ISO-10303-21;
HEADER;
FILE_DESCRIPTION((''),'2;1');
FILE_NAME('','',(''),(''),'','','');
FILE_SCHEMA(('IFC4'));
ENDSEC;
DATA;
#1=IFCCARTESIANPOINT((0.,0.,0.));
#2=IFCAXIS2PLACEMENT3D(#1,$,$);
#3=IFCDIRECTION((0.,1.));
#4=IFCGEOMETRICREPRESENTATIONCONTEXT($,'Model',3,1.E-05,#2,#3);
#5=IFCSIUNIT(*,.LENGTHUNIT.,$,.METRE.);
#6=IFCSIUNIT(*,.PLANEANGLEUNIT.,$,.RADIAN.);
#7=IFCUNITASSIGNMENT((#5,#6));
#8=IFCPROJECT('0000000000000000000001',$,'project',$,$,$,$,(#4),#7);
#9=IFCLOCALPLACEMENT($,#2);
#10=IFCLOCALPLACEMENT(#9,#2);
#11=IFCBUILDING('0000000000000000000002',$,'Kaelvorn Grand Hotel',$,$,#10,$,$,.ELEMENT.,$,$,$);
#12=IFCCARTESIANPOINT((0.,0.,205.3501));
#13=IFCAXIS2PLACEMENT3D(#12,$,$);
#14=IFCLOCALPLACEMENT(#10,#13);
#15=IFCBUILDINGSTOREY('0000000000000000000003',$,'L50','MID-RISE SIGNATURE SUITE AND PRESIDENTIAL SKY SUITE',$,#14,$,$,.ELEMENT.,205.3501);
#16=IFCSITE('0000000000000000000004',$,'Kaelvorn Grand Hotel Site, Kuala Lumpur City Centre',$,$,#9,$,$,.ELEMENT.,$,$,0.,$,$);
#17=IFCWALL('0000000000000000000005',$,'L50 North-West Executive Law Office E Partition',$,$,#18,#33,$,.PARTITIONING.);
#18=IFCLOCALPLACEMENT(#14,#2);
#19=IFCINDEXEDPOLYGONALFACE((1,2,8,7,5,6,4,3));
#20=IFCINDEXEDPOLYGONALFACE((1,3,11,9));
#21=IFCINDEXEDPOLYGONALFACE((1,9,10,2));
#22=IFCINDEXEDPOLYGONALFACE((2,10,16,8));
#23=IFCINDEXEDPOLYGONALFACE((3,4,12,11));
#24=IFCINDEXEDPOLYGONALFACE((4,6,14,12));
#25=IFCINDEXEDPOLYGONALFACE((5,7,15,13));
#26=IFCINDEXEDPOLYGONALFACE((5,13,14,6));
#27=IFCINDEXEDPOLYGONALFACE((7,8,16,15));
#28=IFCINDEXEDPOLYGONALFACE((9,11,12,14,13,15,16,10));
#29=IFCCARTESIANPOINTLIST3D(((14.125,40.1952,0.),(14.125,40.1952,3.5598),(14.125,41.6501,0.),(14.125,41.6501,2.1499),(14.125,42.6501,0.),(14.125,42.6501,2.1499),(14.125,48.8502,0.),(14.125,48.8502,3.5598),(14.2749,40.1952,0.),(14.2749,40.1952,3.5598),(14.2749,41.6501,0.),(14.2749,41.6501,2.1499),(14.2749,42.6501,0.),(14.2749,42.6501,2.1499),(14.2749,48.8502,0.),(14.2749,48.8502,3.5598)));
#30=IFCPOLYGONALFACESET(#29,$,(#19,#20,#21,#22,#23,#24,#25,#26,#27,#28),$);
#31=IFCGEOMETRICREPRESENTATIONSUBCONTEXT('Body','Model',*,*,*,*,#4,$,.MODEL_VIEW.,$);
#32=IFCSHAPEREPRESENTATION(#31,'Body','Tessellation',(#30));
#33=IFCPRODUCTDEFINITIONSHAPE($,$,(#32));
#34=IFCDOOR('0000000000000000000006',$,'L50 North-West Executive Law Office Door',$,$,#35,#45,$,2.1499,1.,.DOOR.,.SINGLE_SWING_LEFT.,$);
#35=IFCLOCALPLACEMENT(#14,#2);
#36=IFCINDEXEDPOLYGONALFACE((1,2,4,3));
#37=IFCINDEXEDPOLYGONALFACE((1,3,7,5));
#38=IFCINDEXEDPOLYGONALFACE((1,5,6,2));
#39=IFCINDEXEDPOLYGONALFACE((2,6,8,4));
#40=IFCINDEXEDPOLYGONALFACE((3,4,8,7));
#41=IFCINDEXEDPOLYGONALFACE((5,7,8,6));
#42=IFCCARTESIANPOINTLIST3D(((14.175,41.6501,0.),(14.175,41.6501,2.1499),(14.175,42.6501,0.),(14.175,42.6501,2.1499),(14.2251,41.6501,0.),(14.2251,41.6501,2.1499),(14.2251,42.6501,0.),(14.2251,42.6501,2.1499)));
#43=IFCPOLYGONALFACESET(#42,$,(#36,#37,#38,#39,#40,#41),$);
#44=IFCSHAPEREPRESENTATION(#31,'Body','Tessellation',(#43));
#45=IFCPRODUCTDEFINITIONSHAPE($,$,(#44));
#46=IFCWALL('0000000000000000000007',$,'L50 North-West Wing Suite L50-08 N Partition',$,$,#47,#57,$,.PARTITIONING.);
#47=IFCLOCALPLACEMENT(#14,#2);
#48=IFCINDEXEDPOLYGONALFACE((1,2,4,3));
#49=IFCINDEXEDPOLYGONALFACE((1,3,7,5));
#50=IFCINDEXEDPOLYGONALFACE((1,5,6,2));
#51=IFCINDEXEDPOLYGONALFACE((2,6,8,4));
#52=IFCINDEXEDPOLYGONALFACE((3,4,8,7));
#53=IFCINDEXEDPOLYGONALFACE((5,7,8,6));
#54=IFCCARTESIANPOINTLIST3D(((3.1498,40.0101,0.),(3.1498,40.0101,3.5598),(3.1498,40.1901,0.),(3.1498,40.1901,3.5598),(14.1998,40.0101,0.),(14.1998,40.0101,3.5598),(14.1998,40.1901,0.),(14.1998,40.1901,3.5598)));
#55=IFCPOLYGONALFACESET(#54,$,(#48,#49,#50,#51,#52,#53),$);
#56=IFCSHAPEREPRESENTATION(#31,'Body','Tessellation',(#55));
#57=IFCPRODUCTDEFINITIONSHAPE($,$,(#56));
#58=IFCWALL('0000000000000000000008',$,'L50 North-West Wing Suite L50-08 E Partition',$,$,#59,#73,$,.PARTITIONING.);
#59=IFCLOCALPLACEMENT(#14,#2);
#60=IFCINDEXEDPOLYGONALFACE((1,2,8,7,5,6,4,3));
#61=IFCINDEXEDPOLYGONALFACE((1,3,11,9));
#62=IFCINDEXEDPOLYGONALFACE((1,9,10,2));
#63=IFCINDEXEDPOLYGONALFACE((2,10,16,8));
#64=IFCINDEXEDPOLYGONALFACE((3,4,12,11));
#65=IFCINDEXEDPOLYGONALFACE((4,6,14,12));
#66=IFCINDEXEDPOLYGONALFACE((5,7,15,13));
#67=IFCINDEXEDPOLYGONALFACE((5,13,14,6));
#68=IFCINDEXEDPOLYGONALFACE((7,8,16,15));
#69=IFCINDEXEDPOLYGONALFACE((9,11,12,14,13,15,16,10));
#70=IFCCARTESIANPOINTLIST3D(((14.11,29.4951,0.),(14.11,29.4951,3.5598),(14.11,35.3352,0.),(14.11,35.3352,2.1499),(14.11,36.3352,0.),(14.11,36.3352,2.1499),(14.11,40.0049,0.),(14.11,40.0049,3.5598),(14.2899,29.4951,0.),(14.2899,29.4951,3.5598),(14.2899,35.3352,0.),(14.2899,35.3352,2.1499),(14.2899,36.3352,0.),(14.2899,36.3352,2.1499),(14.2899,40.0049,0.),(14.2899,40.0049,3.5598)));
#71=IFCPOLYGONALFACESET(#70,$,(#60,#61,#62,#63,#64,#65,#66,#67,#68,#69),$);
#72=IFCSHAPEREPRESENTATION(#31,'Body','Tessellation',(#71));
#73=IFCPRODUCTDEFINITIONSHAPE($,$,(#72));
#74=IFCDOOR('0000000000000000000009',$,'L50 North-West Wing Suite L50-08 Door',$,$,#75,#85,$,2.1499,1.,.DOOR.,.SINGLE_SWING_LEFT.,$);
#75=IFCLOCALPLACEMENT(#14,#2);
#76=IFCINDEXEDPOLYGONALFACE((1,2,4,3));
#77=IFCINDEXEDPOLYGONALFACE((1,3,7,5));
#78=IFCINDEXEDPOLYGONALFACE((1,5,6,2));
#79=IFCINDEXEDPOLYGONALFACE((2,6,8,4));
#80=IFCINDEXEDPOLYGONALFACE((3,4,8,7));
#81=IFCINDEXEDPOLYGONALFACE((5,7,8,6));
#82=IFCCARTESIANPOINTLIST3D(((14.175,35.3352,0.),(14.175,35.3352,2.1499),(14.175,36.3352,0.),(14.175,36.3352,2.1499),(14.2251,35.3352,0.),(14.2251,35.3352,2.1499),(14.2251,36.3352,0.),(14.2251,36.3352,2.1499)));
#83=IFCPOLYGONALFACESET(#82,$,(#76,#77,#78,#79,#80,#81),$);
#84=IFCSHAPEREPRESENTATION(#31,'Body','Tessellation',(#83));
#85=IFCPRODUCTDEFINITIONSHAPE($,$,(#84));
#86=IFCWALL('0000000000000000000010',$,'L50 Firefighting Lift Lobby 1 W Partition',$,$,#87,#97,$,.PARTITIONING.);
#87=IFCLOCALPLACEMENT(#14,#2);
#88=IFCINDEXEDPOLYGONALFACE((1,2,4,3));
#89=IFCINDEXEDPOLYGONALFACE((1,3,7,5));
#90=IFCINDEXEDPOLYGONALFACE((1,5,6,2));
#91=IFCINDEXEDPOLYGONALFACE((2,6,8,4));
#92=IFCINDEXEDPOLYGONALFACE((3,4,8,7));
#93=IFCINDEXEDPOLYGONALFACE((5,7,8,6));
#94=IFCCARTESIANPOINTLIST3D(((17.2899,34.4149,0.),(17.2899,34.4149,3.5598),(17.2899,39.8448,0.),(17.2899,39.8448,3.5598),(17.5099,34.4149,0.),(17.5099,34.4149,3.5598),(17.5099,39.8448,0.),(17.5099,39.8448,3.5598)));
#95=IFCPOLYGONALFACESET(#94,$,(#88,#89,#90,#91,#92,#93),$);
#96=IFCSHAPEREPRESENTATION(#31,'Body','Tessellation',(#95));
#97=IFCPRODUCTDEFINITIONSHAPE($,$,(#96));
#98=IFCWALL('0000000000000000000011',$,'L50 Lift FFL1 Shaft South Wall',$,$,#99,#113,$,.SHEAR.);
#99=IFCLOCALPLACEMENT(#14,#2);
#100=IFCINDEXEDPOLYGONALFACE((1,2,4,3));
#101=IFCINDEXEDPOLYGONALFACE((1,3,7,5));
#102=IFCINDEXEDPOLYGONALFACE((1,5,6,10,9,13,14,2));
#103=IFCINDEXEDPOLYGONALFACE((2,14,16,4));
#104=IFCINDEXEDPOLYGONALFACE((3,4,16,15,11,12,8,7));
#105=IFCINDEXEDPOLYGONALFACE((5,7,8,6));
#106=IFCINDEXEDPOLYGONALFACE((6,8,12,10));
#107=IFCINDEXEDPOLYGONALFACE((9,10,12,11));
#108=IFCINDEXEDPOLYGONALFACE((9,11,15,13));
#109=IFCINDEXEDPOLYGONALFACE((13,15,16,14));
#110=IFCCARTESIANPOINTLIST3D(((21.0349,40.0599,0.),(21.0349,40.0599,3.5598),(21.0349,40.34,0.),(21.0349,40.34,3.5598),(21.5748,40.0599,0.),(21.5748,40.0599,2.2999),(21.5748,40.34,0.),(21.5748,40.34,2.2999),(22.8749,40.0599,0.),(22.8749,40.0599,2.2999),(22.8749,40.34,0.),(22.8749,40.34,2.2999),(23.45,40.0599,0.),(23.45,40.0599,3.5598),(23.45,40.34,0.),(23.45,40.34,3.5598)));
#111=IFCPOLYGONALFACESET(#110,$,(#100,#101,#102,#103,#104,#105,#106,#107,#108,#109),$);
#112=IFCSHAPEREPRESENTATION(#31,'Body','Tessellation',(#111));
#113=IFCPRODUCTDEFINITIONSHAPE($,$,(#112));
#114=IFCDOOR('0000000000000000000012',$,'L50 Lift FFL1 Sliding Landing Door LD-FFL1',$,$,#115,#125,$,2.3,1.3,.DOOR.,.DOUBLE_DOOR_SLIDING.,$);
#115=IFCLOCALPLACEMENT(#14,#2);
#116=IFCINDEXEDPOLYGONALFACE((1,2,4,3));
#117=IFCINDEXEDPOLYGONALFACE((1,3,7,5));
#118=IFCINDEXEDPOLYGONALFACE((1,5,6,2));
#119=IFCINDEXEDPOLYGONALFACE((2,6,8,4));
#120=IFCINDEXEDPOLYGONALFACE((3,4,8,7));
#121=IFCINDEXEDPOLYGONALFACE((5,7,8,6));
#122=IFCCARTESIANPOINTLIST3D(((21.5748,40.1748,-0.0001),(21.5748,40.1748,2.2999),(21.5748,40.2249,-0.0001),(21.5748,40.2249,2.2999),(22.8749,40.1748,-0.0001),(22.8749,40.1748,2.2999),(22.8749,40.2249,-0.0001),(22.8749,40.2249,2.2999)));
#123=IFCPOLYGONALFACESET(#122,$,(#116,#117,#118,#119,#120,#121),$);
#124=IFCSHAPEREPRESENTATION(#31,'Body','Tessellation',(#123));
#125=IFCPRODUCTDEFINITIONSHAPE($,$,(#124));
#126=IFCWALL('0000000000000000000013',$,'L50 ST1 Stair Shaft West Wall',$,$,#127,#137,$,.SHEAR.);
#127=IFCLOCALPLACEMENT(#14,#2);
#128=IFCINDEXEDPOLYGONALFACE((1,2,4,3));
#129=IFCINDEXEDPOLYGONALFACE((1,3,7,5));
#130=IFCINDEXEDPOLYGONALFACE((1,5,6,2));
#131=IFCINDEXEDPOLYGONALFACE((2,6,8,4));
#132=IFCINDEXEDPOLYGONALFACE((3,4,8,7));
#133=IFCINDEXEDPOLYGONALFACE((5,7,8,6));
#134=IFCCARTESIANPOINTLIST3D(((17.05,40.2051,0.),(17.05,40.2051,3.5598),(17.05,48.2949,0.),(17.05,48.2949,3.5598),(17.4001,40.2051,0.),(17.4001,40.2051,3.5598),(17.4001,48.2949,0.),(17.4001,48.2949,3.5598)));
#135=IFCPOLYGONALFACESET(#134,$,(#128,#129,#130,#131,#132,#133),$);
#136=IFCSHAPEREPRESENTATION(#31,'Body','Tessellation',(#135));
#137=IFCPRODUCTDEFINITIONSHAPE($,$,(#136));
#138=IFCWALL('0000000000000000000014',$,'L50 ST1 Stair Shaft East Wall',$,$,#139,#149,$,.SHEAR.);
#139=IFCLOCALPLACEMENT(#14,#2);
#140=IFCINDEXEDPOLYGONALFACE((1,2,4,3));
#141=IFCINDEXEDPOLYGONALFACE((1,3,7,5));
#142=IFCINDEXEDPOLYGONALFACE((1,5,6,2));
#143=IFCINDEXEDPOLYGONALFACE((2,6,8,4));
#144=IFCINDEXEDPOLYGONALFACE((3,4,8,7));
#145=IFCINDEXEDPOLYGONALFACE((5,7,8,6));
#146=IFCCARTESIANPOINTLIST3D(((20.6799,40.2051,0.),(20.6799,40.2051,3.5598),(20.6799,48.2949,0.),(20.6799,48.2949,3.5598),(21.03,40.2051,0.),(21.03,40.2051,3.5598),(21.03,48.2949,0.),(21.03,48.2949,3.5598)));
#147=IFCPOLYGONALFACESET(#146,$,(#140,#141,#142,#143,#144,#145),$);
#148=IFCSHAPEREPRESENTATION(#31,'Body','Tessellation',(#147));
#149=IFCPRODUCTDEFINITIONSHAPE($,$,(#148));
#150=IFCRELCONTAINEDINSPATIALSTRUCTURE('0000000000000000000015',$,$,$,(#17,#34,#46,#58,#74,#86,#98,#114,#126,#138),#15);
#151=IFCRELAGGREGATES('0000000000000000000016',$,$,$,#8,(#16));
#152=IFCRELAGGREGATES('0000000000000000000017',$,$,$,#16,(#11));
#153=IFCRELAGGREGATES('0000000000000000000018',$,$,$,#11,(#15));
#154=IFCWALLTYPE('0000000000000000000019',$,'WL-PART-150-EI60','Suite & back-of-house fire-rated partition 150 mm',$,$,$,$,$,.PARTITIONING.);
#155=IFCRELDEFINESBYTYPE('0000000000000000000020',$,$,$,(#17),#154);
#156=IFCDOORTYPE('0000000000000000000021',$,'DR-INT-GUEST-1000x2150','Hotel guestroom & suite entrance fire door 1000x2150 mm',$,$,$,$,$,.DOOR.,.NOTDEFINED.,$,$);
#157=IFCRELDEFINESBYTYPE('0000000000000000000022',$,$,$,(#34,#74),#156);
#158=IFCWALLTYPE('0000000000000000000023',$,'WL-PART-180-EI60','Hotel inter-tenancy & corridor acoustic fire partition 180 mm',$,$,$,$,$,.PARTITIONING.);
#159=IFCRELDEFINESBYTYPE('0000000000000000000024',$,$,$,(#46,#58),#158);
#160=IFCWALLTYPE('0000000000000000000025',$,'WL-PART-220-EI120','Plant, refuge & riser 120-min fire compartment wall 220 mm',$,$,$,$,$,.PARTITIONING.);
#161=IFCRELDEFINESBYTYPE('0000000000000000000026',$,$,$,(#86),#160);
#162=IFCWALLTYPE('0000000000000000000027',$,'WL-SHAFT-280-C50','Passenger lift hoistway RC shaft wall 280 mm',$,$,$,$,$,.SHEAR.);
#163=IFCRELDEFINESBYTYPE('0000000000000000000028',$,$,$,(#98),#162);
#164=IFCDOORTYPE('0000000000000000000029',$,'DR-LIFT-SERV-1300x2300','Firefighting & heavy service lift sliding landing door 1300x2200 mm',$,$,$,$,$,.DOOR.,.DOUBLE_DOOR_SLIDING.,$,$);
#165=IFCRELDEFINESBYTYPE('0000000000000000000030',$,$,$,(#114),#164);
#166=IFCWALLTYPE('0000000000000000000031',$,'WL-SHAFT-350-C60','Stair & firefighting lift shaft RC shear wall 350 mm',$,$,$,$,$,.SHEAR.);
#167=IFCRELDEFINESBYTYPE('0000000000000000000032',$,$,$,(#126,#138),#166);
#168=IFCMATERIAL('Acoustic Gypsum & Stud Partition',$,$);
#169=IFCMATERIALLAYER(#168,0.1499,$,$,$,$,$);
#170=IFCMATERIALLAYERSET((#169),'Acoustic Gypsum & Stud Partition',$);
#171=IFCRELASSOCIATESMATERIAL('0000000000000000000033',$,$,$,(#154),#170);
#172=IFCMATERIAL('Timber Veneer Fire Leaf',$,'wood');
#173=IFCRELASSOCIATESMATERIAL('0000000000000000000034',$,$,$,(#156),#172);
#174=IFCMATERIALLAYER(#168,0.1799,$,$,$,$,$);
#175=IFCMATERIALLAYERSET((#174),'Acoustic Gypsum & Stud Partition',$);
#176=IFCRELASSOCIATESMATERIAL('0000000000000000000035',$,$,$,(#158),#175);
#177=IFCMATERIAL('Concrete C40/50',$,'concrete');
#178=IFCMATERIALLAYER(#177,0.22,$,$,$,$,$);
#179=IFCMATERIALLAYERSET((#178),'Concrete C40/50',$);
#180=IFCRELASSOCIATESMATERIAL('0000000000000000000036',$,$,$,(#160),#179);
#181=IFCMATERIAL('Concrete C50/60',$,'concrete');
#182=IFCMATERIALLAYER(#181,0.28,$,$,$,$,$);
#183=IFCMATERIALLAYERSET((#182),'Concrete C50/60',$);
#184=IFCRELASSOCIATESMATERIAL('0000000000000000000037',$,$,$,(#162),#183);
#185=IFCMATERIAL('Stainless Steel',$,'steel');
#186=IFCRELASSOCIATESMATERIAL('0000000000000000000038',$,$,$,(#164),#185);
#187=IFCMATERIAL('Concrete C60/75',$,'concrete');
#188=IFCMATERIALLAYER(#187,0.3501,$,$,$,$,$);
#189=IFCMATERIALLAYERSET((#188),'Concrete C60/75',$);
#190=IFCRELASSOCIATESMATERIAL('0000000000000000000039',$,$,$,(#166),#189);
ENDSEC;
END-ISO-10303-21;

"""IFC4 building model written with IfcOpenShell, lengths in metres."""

from ifc_helpers import new_model, si_unit, direction, frame, frame_2d, origin, place, context, subcontext, project, spatial, rectangle, extrude, material, layer, layer_set, type_object, element, fill, save


model = new_model("IFC4")

# Units and contexts
model_context = context("Model", 3, precision=1e-05, world=origin(), true_north=direction((0.0, 1.0)))
body_context = subcontext(model_context, "Body", "Model", "MODEL_VIEW")
ifc_project = project(units=[si_unit("LENGTHUNIT", "METRE"), si_unit("PLANEANGLEUNIT", "RADIAN")], contexts=[model_context])

# Site, building, storey
site_placement = place(None, origin())
site = spatial("IfcSite", under=ifc_project, at=site_placement, Name="Kaelvorn Grand Hotel Site, Kuala Lumpur City Centre", CompositionType="ELEMENT", RefElevation=0.0)
building_placement = place(site_placement, origin())
building = spatial("IfcBuilding", under=site, at=building_placement, Name="Kaelvorn Grand Hotel", CompositionType="ELEMENT")
storey_placement = place(building_placement, frame((0.0, 0.0, 205.3501)))
storey = spatial("IfcBuildingStorey", under=building, at=storey_placement, Name="L50", Description="MID-RISE SIGNATURE SUITE AND PRESIDENTIAL SKY SUITE", CompositionType="ELEMENT", Elevation=205.3501)

# Shared definitions
ifc_material_1 = material(Name="Concrete C60/75", Category="concrete")

# Shared definitions
ifc_material_2 = material(Name="Concrete C50/60", Category="concrete")

# Wall, opening, door
ifc_material_3 = material(Name="Acoustic Gypsum & Stud Partition")
ifc_layer_1 = layer(ifc_material_3, 0.1499)
ifc_layer_set_1 = layer_set([ifc_layer_1], Name="Acoustic Gypsum & Stud Partition")
wall_type_1 = type_object("IfcWallType", Name="WL-PART-150-EI60", Description="Suite & back-of-house fire-rated partition 150 mm", PredefinedType="PARTITIONING", material=ifc_layer_set_1)
wall_1_placement = place(storey_placement, frame((14.2, 40.1951, 0.0), z_axis=(0.0, 0.0, 1.0), x_axis=(0.0, 1.0, 0.0)))
wall_1 = element("IfcWall", 1, at=wall_1_placement, inside=storey, type_object=wall_type_1, Name="L50 North-West Executive Law Office E Partition", PredefinedType="PARTITIONING", context=body_context, shape_type="SweptSolid", body=[
    extrude(rectangle(XDim=8.655, YDim=0.1499, at=frame_2d((4.3276, 0.0))), origin(), (0.0, 0.0, 1.0), 3.5598),
])
opening_1_placement = place(wall_1_placement, frame((1.4551, 0.0, 0.0)))
opening_1 = element("IfcOpeningElement", 2, at=opening_1_placement, cuts=wall_1, PredefinedType="OPENING", context=body_context, shape_type="SweptSolid", body=[
    extrude(rectangle(XDim=1.0, YDim=2.1499, at=frame_2d((0.5, 1.075))), frame((0.0, 0.085, 0.0), z_axis=(0.0, -1.0, 0.0), x_axis=(1.0, 0.0, 0.0)), (0.0, 0.0, 1.0), 0.1699),
])
ifc_material_4 = material(Name="Timber Veneer Fire Leaf", Category="wood")
door_type_1 = type_object("IfcDoorType", Name="DR-INT-GUEST-1000x2150", Description="Hotel guestroom & suite entrance fire door 1000x2150 mm", OperationType="NOTDEFINED", PredefinedType="DOOR", material=ifc_material_4)
door_1_placement = place(opening_1_placement, origin())
door_1 = element("IfcDoor", 3, at=door_1_placement, inside=storey, type_object=door_type_1, Name="L50 North-West Executive Law Office Door", OperationType="SINGLE_SWING_LEFT", OverallHeight=2.1499, OverallWidth=1.0, PredefinedType="DOOR", context=body_context, shape_type="SweptSolid", body=[
    extrude(rectangle(XDim=1.0, YDim=2.1499, at=frame_2d((0.5, 1.075))), frame((0.0, 0.0249, 0.0), z_axis=(0.0, -1.0, 0.0), x_axis=(1.0, 0.0, 0.0)), (0.0, 0.0, 1.0), 0.05),
])
fill(opening_1, door_1)

# Wall
ifc_layer_2 = layer(ifc_material_3, 0.1799)
ifc_layer_set_2 = layer_set([ifc_layer_2], Name="Acoustic Gypsum & Stud Partition")
wall_type_2 = type_object("IfcWallType", Name="WL-PART-180-EI60", Description="Hotel inter-tenancy & corridor acoustic fire partition 180 mm", PredefinedType="PARTITIONING", material=ifc_layer_set_2)
wall_2_placement = place(storey_placement, frame((3.1499, 40.1001, 0.0), z_axis=(0.0, 0.0, 1.0), x_axis=(1.0, 0.0, 0.0)))
element("IfcWall", 4, at=wall_2_placement, inside=storey, type_object=wall_type_2, Name="L50 North-West Wing Suite L50-08 N Partition", PredefinedType="PARTITIONING", context=body_context, shape_type="SweptSolid", body=[
    extrude(rectangle(XDim=11.05, YDim=0.1799, at=frame_2d((5.5249, 0.0))), origin(), (0.0, 0.0, 1.0), 3.5598),
])

# Wall, opening, door
wall_3_placement = place(storey_placement, frame((14.2, 29.4951, 0.0), z_axis=(0.0, 0.0, 1.0), x_axis=(0.0, 1.0, 0.0)))
wall_3 = element("IfcWall", 5, at=wall_3_placement, inside=storey, type_object=wall_type_2, Name="L50 North-West Wing Suite L50-08 E Partition", PredefinedType="PARTITIONING", context=body_context, shape_type="SweptSolid", body=[
    extrude(rectangle(XDim=10.5098, YDim=0.1799, at=frame_2d((5.2549, 0.0))), origin(), (0.0, 0.0, 1.0), 3.5598),
])
opening_2_placement = place(wall_3_placement, frame((5.8401, 0.0, 0.0)))
opening_2 = element("IfcOpeningElement", 6, at=opening_2_placement, cuts=wall_3, PredefinedType="OPENING", context=body_context, shape_type="SweptSolid", body=[
    extrude(rectangle(XDim=1.0, YDim=2.1499, at=frame_2d((0.5, 1.075))), frame((0.0, 0.1001, 0.0), z_axis=(0.0, -1.0, 0.0), x_axis=(1.0, 0.0, 0.0)), (0.0, 0.0, 1.0), 0.2),
])
door_2_placement = place(opening_2_placement, origin())
door_2 = element("IfcDoor", 7, at=door_2_placement, inside=storey, type_object=door_type_1, Name="L50 North-West Wing Suite L50-08 Door", OperationType="SINGLE_SWING_LEFT", OverallHeight=2.1499, OverallWidth=1.0, PredefinedType="DOOR", context=body_context, shape_type="SweptSolid", body=[
    extrude(rectangle(XDim=1.0, YDim=2.1499, at=frame_2d((0.5, 1.075))), frame((0.0, 0.0249, 0.0), z_axis=(0.0, -1.0, 0.0), x_axis=(1.0, 0.0, 0.0)), (0.0, 0.0, 1.0), 0.05),
])
fill(opening_2, door_2)
ifc_material_5 = material(Name="Concrete C40/50", Category="concrete")
ifc_layer_3 = layer(ifc_material_5, 0.22)
ifc_layer_set_3 = layer_set([ifc_layer_3], Name="Concrete C40/50")
wall_type_3 = type_object("IfcWallType", Name="WL-PART-220-EI120", Description="Plant, refuge & riser 120-min fire compartment wall 220 mm", PredefinedType="PARTITIONING", material=ifc_layer_set_3)

# Wall
wall_4_placement = place(storey_placement, frame((17.3999, 34.415, 0.0), z_axis=(0.0, 0.0, 1.0), x_axis=(0.0, 1.0, 0.0)))
element("IfcWall", 8, at=wall_4_placement, inside=storey, type_object=wall_type_3, Name="L50 Firefighting Lift Lobby 1 W Partition", PredefinedType="PARTITIONING", context=body_context, shape_type="SweptSolid", body=[
    extrude(rectangle(XDim=5.4299, YDim=0.22, at=frame_2d((2.7148, 0.0))), origin(), (0.0, 0.0, 1.0), 3.5598),
])

# Wall, opening, door
ifc_layer_4 = layer(ifc_material_2, 0.28)
ifc_layer_set_4 = layer_set([ifc_layer_4], Name="Concrete C50/60")
wall_type_4 = type_object("IfcWallType", Name="WL-SHAFT-280-C50", Description="Passenger lift hoistway RC shaft wall 280 mm", PredefinedType="SHEAR", material=ifc_layer_set_4)
wall_5_placement = place(storey_placement, frame((21.0349, 40.2, 0.0), z_axis=(0.0, 0.0, 1.0), x_axis=(1.0, 0.0, 0.0)))
wall_5 = element("IfcWall", 9, at=wall_5_placement, inside=storey, type_object=wall_type_4, Name="L50 Lift FFL1 Shaft South Wall", PredefinedType="SHEAR", context=body_context, shape_type="SweptSolid", body=[
    extrude(rectangle(XDim=2.415, YDim=0.28, at=frame_2d((1.2075, 0.0))), origin(), (0.0, 0.0, 1.0), 3.5598),
])
opening_3_placement = place(wall_5_placement, frame((0.54, 0.0, 0.0)))
opening_3 = element("IfcOpeningElement", 10, at=opening_3_placement, cuts=wall_5, PredefinedType="OPENING", context=body_context, shape_type="SweptSolid", body=[
    extrude(rectangle(XDim=1.3, YDim=2.3, at=frame_2d((0.6499, 1.1499))), frame((0.0, 0.1499, 0.0), z_axis=(0.0, -1.0, 0.0), x_axis=(1.0, 0.0, 0.0)), (0.0, 0.0, 1.0), 0.3),
])
ifc_material_6 = material(Name="Stainless Steel", Category="steel")
door_type_2 = type_object("IfcDoorType", Name="DR-LIFT-SERV-1300x2300", Description="Firefighting & heavy service lift sliding landing door 1300x2200 mm", OperationType="DOUBLE_DOOR_SLIDING", PredefinedType="DOOR", material=ifc_material_6)
door_3_placement = place(opening_3_placement, origin())
door_3 = element("IfcDoor", 11, at=door_3_placement, inside=storey, type_object=door_type_2, Name="L50 Lift FFL1 Sliding Landing Door LD-FFL1", OperationType="DOUBLE_DOOR_SLIDING", OverallHeight=2.3, OverallWidth=1.3, PredefinedType="DOOR", context=body_context, shape_type="SweptSolid", body=[
    extrude(rectangle(XDim=1.3, YDim=2.3, at=frame_2d((0.6499, 1.1499))), frame((0.0, 0.0249, 0.0), z_axis=(0.0, -1.0, 0.0), x_axis=(1.0, 0.0, 0.0)), (0.0, 0.0, 1.0), 0.05),
])
fill(opening_3, door_3)
ifc_layer_5 = layer(ifc_material_1, 0.3501)
ifc_layer_set_5 = layer_set([ifc_layer_5], Name="Concrete C60/75")
wall_type_5 = type_object("IfcWallType", Name="WL-SHAFT-350-C60", Description="Stair & firefighting lift shaft RC shear wall 350 mm", PredefinedType="SHEAR", material=ifc_layer_set_5)

# Walls
for number, where, z_axis, x_axis, name in (
    (12, (17.2251, 40.2051, 0.0), (0.0, 0.0, 1.0), (0.0, 1.0, 0.0), "L50 ST1 Stair Shaft West Wall"),
    (13, (20.855, 40.2051, 0.0), (0.0, 0.0, 1.0), (0.0, 1.0, 0.0), "L50 ST1 Stair Shaft East Wall"),
):
    element("IfcWall", number, at=place(storey_placement, frame(where, z_axis=z_axis, x_axis=x_axis)), inside=storey, type_object=wall_type_5, Name=name, PredefinedType="SHEAR", context=body_context, shape_type="SweptSolid", body=[
        extrude(rectangle(XDim=8.0898, YDim=0.3501, at=frame_2d((4.0449, 0.0))), origin(), (0.0, 0.0, 1.0), 3.5598),
    ])

save(model, "model.ifc")
